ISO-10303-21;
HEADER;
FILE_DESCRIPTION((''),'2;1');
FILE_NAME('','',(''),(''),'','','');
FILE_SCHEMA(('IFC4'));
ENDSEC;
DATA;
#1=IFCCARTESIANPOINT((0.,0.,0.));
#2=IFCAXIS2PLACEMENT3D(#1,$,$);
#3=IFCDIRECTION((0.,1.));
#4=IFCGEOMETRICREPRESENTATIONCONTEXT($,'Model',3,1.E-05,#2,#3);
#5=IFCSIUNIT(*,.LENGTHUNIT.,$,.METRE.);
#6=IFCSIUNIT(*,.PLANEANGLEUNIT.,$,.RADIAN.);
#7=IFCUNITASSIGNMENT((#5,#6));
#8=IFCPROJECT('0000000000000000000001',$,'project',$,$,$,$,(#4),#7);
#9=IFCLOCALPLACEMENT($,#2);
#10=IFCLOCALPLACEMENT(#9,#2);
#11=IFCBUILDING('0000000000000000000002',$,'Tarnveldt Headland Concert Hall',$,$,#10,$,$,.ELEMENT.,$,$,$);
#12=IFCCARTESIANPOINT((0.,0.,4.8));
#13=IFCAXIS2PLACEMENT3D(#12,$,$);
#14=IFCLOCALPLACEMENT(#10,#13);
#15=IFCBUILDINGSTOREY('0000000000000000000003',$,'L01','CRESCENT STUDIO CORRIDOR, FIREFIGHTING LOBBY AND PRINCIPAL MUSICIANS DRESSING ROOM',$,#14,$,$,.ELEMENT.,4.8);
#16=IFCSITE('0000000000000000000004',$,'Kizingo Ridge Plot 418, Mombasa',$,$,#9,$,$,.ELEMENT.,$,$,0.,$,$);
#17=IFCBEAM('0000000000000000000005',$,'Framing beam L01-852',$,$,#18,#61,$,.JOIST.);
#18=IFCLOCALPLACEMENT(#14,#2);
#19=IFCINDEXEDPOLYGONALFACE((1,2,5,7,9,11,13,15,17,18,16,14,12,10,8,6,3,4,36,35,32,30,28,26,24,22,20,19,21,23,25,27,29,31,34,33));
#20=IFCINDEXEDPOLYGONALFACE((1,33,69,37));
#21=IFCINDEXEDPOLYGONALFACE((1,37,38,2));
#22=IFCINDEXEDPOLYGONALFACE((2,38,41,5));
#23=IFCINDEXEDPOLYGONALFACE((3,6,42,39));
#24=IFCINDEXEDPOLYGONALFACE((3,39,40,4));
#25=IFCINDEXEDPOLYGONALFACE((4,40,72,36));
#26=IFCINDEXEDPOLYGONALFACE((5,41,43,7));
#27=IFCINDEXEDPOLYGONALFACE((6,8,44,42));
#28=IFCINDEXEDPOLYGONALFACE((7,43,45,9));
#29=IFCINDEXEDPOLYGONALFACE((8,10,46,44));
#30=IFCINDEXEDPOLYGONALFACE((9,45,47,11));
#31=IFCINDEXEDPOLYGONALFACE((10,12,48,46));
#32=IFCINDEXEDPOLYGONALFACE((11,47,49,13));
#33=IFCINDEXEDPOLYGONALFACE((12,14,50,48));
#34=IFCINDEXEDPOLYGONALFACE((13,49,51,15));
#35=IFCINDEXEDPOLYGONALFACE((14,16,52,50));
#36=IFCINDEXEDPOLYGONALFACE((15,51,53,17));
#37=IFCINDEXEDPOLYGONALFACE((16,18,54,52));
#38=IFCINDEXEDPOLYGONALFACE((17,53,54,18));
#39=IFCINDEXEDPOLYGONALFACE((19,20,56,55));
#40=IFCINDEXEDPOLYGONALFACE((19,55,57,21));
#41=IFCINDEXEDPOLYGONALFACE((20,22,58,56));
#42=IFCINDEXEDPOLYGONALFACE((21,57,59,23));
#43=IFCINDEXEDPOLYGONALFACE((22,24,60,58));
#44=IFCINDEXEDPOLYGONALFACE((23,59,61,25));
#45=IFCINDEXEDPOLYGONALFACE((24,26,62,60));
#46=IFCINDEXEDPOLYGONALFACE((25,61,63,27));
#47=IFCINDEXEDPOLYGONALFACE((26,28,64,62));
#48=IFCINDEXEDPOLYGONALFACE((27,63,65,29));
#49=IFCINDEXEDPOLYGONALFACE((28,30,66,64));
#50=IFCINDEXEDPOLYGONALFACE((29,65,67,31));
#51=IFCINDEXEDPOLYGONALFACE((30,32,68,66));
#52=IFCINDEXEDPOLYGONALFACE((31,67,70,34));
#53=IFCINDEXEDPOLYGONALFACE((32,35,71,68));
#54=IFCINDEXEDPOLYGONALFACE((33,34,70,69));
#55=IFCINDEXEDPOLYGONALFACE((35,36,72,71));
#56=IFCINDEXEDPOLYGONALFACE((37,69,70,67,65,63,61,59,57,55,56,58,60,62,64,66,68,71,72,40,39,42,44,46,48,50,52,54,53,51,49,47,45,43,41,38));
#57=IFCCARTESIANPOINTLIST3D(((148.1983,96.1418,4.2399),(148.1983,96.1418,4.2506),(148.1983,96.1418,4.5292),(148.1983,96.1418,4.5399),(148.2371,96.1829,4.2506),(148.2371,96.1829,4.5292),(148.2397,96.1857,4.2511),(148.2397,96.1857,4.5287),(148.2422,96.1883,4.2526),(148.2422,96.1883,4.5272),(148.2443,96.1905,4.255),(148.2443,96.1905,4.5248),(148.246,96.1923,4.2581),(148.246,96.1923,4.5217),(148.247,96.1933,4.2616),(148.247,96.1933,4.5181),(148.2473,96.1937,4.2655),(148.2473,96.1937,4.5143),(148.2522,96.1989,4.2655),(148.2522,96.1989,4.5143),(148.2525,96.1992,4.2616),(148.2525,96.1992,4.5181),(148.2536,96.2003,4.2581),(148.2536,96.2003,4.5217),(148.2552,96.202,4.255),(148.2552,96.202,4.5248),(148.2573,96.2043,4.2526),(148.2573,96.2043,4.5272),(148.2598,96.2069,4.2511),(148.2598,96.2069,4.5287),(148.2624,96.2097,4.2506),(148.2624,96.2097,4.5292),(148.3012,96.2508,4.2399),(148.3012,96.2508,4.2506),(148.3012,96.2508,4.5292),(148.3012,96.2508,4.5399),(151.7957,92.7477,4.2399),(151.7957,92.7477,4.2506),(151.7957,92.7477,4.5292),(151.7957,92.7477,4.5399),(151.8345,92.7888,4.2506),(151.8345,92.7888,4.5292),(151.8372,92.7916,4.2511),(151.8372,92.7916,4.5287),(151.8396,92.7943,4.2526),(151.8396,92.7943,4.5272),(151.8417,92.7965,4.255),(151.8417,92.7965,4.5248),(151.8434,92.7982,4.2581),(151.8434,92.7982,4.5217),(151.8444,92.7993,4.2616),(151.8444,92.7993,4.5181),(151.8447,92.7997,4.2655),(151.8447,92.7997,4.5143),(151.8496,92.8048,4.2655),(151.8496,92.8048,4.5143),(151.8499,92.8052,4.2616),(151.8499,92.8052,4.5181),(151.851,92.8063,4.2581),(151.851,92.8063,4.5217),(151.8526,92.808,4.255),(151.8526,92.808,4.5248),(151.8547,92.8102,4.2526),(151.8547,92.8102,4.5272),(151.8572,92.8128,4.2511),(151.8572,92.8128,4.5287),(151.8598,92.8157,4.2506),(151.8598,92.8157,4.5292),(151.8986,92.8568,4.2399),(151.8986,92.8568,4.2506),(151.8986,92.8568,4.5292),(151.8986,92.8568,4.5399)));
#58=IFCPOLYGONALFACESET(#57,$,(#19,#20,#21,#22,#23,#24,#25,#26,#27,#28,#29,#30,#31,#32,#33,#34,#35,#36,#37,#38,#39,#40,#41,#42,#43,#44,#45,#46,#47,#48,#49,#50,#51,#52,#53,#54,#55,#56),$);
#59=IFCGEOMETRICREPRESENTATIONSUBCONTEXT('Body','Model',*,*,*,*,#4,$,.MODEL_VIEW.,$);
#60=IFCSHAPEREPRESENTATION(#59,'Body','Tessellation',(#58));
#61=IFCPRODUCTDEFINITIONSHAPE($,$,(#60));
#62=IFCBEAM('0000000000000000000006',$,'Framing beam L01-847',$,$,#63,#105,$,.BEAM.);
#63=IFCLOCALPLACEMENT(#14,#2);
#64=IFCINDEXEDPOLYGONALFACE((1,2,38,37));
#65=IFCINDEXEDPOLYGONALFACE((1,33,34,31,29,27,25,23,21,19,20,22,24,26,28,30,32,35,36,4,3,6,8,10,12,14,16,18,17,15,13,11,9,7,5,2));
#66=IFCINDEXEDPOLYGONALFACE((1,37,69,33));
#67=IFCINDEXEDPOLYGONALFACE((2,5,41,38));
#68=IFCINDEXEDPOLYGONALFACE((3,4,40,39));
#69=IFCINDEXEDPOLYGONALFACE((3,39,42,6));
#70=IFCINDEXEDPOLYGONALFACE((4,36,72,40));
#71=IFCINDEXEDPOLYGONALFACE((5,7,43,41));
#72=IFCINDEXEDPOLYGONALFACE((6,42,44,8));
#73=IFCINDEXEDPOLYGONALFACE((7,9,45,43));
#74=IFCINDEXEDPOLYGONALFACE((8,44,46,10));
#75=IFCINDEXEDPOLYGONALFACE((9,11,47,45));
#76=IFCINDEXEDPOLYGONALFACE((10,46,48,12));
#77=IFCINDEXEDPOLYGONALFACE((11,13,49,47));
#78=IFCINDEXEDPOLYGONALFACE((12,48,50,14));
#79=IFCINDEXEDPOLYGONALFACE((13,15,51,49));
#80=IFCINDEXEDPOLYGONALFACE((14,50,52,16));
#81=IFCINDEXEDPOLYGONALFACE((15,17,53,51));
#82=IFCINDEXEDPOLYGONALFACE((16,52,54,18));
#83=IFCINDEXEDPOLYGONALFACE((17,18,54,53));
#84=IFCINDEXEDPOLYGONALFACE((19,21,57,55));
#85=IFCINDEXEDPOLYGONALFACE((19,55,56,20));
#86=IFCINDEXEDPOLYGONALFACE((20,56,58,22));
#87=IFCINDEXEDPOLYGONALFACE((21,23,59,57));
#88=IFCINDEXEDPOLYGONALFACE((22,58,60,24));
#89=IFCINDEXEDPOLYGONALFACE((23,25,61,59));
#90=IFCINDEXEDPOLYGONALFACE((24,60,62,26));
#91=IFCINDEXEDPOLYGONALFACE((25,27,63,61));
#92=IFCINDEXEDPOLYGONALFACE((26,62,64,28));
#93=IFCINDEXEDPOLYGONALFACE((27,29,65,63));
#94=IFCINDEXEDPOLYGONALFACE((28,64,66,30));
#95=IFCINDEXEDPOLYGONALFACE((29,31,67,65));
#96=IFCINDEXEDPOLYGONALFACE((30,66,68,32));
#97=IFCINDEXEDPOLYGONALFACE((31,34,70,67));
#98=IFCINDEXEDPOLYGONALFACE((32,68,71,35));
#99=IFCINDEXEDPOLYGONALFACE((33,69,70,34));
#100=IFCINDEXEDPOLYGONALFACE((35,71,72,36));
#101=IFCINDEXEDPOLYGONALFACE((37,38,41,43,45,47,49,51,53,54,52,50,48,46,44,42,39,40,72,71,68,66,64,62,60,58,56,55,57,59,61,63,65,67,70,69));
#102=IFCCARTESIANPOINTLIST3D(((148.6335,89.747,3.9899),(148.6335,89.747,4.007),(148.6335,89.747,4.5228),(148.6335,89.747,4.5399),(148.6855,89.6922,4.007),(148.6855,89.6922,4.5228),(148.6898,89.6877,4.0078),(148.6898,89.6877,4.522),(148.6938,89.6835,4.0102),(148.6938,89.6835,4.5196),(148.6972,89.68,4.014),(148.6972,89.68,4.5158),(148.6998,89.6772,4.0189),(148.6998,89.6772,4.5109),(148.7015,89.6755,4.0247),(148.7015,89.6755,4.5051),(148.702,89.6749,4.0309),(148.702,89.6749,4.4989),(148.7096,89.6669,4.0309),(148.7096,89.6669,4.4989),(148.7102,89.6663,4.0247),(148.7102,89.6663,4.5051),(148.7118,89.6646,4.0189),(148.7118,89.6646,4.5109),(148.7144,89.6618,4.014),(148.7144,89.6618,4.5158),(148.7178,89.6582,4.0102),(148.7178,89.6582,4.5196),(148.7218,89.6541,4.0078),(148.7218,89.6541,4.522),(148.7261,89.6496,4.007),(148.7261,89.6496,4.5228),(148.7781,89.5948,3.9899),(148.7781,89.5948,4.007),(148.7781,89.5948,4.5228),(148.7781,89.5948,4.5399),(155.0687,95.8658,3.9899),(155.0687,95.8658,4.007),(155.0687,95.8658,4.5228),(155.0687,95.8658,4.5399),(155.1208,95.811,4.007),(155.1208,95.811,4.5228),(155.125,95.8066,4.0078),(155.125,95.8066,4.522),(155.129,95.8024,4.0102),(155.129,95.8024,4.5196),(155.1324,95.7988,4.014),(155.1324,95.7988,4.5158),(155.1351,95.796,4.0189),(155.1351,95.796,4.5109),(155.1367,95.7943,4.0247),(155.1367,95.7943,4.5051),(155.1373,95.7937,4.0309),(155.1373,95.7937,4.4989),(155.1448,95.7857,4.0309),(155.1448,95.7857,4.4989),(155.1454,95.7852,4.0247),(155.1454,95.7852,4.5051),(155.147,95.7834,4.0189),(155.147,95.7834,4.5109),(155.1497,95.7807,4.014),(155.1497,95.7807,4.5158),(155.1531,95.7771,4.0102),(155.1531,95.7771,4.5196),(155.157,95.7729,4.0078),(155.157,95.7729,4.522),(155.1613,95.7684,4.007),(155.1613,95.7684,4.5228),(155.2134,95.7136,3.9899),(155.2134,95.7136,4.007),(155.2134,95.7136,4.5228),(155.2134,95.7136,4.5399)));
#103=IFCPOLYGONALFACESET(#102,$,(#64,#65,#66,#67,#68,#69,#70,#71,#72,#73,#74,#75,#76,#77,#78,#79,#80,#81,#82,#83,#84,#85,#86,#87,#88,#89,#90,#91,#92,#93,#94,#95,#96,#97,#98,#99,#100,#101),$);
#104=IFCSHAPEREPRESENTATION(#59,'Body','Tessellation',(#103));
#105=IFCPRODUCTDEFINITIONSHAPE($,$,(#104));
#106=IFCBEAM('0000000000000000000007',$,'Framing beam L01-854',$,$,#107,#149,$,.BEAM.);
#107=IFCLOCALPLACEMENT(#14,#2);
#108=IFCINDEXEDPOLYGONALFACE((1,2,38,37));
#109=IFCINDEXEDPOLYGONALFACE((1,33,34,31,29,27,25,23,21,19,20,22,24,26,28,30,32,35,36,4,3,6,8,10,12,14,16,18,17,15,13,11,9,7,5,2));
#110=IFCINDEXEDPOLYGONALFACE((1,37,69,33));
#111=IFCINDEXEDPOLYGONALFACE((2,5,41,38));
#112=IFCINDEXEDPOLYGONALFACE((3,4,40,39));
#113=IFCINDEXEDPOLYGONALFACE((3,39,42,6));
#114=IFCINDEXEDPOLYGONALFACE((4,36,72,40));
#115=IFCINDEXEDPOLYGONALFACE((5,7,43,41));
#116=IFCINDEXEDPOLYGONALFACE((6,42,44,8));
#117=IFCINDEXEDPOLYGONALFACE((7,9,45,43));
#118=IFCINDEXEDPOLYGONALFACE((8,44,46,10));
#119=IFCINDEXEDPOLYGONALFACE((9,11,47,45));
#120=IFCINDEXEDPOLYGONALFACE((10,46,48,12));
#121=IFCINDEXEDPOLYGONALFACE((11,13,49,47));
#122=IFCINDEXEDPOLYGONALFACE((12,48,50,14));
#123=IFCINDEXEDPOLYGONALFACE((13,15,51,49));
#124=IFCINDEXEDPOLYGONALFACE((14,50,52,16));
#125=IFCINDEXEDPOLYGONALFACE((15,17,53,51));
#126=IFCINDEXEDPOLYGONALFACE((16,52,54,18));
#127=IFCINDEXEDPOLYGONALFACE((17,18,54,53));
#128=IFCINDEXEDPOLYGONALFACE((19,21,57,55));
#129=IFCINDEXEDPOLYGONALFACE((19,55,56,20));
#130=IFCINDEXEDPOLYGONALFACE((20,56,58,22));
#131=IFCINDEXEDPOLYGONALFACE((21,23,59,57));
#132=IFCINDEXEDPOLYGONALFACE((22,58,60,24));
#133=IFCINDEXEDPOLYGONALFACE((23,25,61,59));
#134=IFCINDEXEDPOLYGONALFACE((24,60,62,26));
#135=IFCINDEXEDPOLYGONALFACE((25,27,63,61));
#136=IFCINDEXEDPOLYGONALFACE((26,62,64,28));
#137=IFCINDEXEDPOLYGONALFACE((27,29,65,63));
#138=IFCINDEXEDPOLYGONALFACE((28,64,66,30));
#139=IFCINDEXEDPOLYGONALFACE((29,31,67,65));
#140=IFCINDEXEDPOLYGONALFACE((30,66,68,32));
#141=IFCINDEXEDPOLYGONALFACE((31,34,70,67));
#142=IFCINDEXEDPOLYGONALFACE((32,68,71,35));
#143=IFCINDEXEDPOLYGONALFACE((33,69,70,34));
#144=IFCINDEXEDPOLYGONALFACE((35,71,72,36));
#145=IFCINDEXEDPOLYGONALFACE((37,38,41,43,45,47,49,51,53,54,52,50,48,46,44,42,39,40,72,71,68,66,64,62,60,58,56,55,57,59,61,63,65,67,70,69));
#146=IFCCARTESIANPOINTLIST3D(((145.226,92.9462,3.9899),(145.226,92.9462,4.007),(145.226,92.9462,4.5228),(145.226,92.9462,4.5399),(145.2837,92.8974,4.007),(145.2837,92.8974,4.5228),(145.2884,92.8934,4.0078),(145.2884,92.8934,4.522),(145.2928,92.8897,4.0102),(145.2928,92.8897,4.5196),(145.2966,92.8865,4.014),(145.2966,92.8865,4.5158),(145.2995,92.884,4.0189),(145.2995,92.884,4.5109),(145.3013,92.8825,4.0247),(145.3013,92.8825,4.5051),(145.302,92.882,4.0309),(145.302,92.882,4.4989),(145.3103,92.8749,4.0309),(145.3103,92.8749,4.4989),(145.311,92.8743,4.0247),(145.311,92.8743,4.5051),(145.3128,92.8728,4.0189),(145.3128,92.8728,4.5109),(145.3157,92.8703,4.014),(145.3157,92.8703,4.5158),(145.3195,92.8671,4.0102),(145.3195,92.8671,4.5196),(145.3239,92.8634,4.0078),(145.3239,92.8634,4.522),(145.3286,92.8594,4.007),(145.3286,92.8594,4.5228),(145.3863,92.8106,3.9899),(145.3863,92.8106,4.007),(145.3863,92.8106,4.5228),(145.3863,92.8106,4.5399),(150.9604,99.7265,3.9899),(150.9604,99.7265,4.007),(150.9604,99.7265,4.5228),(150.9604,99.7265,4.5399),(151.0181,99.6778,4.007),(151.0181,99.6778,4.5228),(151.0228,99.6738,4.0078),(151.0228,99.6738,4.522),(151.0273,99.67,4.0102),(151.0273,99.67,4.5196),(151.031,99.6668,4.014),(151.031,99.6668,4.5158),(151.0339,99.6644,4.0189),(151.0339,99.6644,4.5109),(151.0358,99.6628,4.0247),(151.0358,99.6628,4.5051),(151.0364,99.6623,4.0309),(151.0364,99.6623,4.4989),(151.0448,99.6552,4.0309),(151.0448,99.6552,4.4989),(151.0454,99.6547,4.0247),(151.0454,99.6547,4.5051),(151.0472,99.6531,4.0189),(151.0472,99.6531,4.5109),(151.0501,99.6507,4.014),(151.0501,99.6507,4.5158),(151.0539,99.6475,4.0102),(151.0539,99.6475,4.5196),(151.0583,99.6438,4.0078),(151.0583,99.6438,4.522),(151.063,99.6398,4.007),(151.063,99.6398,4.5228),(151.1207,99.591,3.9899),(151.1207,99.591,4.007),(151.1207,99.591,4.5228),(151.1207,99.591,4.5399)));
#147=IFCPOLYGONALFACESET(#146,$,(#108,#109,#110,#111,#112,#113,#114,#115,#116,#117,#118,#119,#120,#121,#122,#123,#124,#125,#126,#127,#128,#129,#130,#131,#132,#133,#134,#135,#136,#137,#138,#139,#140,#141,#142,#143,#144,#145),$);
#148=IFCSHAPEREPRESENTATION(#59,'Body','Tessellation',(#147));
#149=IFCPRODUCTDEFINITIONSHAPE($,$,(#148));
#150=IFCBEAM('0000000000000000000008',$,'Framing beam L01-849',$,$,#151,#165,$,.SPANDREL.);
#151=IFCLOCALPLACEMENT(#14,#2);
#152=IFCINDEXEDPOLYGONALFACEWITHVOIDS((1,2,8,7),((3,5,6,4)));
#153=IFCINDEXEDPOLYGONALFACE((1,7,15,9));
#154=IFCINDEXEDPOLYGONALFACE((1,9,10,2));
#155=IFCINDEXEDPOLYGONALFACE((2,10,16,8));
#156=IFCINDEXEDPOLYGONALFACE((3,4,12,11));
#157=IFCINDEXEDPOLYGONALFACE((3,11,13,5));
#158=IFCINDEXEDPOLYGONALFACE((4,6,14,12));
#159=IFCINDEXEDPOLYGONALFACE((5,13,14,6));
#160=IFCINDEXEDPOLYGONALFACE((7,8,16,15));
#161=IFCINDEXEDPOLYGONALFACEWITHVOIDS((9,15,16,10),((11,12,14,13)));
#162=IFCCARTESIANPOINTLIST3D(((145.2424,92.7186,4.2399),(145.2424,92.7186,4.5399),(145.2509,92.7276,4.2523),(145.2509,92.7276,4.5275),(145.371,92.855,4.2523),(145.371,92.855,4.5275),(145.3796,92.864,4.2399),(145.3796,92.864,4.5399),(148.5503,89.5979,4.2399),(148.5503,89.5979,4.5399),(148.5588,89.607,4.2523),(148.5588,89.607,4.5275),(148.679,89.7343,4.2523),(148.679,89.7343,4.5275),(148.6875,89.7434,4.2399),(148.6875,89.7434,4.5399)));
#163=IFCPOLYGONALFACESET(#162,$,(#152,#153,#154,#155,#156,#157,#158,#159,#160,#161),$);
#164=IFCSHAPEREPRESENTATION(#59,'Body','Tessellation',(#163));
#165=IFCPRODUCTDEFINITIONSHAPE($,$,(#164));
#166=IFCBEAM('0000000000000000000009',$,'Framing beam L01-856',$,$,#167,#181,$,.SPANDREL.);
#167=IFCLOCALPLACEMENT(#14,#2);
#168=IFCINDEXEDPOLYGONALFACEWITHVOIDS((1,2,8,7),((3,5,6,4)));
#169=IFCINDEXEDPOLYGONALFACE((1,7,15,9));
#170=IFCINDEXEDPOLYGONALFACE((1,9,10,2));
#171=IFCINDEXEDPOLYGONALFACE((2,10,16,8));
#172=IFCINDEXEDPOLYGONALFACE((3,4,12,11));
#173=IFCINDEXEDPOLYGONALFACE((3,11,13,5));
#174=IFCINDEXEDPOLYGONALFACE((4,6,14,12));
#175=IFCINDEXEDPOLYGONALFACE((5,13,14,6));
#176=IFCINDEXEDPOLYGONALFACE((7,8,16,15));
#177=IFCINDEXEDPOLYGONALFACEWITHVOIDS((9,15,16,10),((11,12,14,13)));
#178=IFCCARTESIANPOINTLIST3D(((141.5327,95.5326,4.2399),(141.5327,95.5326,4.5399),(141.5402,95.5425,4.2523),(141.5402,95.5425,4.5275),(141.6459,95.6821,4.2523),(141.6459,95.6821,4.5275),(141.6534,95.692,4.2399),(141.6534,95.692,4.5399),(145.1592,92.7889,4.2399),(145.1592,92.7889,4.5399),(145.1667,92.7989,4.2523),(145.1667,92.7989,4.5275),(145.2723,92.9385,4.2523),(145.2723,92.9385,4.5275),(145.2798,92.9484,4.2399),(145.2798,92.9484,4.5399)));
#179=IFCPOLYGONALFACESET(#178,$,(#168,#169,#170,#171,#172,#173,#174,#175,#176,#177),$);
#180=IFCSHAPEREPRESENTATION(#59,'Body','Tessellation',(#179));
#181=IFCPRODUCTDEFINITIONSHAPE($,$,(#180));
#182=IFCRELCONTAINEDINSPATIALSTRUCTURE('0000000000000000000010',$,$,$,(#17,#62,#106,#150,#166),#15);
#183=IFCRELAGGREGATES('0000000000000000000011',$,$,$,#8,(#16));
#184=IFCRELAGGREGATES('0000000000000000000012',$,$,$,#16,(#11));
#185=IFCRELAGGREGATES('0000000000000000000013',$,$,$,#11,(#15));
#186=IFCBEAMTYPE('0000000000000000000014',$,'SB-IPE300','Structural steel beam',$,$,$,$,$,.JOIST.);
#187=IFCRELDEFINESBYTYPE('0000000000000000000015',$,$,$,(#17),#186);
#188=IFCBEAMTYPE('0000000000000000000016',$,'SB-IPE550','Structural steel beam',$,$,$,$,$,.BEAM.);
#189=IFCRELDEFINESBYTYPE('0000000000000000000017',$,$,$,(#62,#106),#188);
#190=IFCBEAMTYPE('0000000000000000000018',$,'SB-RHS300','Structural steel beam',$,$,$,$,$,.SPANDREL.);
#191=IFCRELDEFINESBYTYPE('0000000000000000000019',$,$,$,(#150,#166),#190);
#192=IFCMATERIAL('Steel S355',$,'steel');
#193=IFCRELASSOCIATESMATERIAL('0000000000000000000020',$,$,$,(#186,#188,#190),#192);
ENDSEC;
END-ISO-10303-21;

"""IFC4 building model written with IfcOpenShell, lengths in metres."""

from ifc_helpers import new_model, si_unit, direction, frame, origin, origin_2d, place, context, subcontext, project, spatial, hollow_rectangle, i_section, extrude, material, material_profile, profile_set, type_object, element, save


model = new_model("IFC4")

# Units and contexts
model_context = context("Model", 3, precision=1e-05, world=origin(), true_north=direction((0.0, 1.0)))
body_context = subcontext(model_context, "Body", "Model", "MODEL_VIEW")
ifc_project = project(units=[si_unit("LENGTHUNIT", "METRE"), si_unit("PLANEANGLEUNIT", "RADIAN")], contexts=[model_context])

# Site, building, storey
site_placement = place(None, origin())
site = spatial("IfcSite", under=ifc_project, at=site_placement, Name="Kizingo Ridge Plot 418, Mombasa", CompositionType="ELEMENT", RefElevation=0.0)
building_placement = place(site_placement, origin())
building = spatial("IfcBuilding", under=site, at=building_placement, Name="Tarnveldt Headland Concert Hall", CompositionType="ELEMENT")
storey_placement = place(building_placement, frame((0.0, 0.0, 4.8)))
storey = spatial("IfcBuildingStorey", under=building, at=storey_placement, Name="L01", Description="CRESCENT STUDIO CORRIDOR, FIREFIGHTING LOBBY AND PRINCIPAL MUSICIANS DRESSING ROOM", CompositionType="ELEMENT", Elevation=4.8)

# Beams
ifc_material_1 = material(Name="Steel S355", Category="steel")
ifc_material_profile_1 = material_profile(ifc_material_1, i_section(OverallWidth=0.1499, OverallDepth=0.3, WebThickness=0.0071, FlangeThickness=0.0107, FilletRadius=0.0149, at=origin_2d()), Name="IPE300", Category="steel")
ifc_profile_set_1 = profile_set([ifc_material_profile_1], Name="Steel S355")
beam_type_1 = type_object("IfcBeamType", Name="SB-IPE300", Description="Structural steel beam", PredefinedType="JOIST", material=ifc_profile_set_1)
beam_1_placement = place(storey_placement, frame((151.8472, 92.8022, 4.3899), z_axis=(-0.727368, 0.686248, 0.0), x_axis=(-0.686248, -0.727368, 0.0)))
element("IfcBeam", 1, at=beam_1_placement, inside=storey, type_object=beam_type_1, Name="Framing beam L01-852", PredefinedType="JOIST", context=body_context, shape_type="SweptSolid", body=[
    extrude(i_section(OverallWidth=0.1499, OverallDepth=0.3, WebThickness=0.0071, FlangeThickness=0.0107, FilletRadius=0.0149, at=origin_2d()), origin(), (0.0, 0.0, 1.0), 4.9458),
])
ifc_material_profile_2 = material_profile(ifc_material_1, i_section(OverallWidth=0.21, OverallDepth=0.55, WebThickness=0.011, FlangeThickness=0.0171, FilletRadius=0.0239, at=origin_2d()), Name="IPE550", Category="steel")
ifc_profile_set_2 = profile_set([ifc_material_profile_2], Name="Steel S355")
beam_type_2 = type_object("IfcBeamType", Name="SB-IPE550", Description="Structural steel beam", PredefinedType="BEAM", material=ifc_profile_set_2)
beam_2_placement = place(storey_placement, frame((148.7058, 89.6709, 4.2649), z_axis=(0.724698, 0.689067, 0.0), x_axis=(-0.689067, 0.724698, 0.0)))
element("IfcBeam", 2, at=beam_2_placement, inside=storey, type_object=beam_type_2, Name="Framing beam L01-847", PredefinedType="BEAM", context=body_context, shape_type="SweptSolid", body=[
    extrude(i_section(OverallWidth=0.21, OverallDepth=0.55, WebThickness=0.011, FlangeThickness=0.0171, FilletRadius=0.0239, at=origin_2d()), origin(), (0.0, 0.0, 1.0), 8.8799),
])
beam_3_placement = place(storey_placement, frame((145.3062, 92.8784, 4.2649), z_axis=(0.64576, 0.763541, 0.0), x_axis=(-0.763541, 0.64576, 0.0)))
element("IfcBeam", 3, at=beam_3_placement, inside=storey, type_object=beam_type_2, Name="Framing beam L01-854", PredefinedType="BEAM", context=body_context, shape_type="SweptSolid", body=[
    extrude(i_section(OverallWidth=0.21, OverallDepth=0.55, WebThickness=0.011, FlangeThickness=0.0171, FilletRadius=0.0239, at=origin_2d()), origin(), (0.0, 0.0, 1.0), 8.8801),
])
ifc_material_profile_3 = material_profile(ifc_material_1, hollow_rectangle(XDim=0.2, YDim=0.3, WallThickness=0.0125, at=origin_2d()), Name="RHS 300x200x12.5", Category="steel")
ifc_profile_set_3 = profile_set([ifc_material_profile_3], Name="Steel S355")
beam_type_3 = type_object("IfcBeamType", Name="SB-RHS300", Description="Structural steel beam", PredefinedType="SPANDREL", material=ifc_profile_set_3)
beam_4_placement = place(storey_placement, frame((148.6189, 89.6707, 4.3899), z_axis=(-0.727396, 0.686218, 0.0), x_axis=(-0.686218, -0.727396, 0.0)))
element("IfcBeam", 4, at=beam_4_placement, inside=storey, type_object=beam_type_3, Name="Framing beam L01-849", PredefinedType="SPANDREL", context=body_context, shape_type="SweptSolid", body=[
    extrude(hollow_rectangle(XDim=0.2, YDim=0.3, WallThickness=0.0125, at=origin_2d()), origin(), (0.0, 0.0, 1.0), 4.5476),
])
beam_5_placement = place(storey_placement, frame((145.2195, 92.8687, 4.3899), z_axis=(-0.79748, 0.603345, 0.0), x_axis=(-0.603345, -0.79748, 0.0)))
element("IfcBeam", 5, at=beam_5_placement, inside=storey, type_object=beam_type_3, Name="Framing beam L01-856", PredefinedType="SPANDREL", context=body_context, shape_type="SweptSolid", body=[
    extrude(hollow_rectangle(XDim=0.2, YDim=0.3, WallThickness=0.0125, at=origin_2d()), origin(), (0.0, 0.0, 1.0), 4.5474),
])

save(model, "model.ifc")
